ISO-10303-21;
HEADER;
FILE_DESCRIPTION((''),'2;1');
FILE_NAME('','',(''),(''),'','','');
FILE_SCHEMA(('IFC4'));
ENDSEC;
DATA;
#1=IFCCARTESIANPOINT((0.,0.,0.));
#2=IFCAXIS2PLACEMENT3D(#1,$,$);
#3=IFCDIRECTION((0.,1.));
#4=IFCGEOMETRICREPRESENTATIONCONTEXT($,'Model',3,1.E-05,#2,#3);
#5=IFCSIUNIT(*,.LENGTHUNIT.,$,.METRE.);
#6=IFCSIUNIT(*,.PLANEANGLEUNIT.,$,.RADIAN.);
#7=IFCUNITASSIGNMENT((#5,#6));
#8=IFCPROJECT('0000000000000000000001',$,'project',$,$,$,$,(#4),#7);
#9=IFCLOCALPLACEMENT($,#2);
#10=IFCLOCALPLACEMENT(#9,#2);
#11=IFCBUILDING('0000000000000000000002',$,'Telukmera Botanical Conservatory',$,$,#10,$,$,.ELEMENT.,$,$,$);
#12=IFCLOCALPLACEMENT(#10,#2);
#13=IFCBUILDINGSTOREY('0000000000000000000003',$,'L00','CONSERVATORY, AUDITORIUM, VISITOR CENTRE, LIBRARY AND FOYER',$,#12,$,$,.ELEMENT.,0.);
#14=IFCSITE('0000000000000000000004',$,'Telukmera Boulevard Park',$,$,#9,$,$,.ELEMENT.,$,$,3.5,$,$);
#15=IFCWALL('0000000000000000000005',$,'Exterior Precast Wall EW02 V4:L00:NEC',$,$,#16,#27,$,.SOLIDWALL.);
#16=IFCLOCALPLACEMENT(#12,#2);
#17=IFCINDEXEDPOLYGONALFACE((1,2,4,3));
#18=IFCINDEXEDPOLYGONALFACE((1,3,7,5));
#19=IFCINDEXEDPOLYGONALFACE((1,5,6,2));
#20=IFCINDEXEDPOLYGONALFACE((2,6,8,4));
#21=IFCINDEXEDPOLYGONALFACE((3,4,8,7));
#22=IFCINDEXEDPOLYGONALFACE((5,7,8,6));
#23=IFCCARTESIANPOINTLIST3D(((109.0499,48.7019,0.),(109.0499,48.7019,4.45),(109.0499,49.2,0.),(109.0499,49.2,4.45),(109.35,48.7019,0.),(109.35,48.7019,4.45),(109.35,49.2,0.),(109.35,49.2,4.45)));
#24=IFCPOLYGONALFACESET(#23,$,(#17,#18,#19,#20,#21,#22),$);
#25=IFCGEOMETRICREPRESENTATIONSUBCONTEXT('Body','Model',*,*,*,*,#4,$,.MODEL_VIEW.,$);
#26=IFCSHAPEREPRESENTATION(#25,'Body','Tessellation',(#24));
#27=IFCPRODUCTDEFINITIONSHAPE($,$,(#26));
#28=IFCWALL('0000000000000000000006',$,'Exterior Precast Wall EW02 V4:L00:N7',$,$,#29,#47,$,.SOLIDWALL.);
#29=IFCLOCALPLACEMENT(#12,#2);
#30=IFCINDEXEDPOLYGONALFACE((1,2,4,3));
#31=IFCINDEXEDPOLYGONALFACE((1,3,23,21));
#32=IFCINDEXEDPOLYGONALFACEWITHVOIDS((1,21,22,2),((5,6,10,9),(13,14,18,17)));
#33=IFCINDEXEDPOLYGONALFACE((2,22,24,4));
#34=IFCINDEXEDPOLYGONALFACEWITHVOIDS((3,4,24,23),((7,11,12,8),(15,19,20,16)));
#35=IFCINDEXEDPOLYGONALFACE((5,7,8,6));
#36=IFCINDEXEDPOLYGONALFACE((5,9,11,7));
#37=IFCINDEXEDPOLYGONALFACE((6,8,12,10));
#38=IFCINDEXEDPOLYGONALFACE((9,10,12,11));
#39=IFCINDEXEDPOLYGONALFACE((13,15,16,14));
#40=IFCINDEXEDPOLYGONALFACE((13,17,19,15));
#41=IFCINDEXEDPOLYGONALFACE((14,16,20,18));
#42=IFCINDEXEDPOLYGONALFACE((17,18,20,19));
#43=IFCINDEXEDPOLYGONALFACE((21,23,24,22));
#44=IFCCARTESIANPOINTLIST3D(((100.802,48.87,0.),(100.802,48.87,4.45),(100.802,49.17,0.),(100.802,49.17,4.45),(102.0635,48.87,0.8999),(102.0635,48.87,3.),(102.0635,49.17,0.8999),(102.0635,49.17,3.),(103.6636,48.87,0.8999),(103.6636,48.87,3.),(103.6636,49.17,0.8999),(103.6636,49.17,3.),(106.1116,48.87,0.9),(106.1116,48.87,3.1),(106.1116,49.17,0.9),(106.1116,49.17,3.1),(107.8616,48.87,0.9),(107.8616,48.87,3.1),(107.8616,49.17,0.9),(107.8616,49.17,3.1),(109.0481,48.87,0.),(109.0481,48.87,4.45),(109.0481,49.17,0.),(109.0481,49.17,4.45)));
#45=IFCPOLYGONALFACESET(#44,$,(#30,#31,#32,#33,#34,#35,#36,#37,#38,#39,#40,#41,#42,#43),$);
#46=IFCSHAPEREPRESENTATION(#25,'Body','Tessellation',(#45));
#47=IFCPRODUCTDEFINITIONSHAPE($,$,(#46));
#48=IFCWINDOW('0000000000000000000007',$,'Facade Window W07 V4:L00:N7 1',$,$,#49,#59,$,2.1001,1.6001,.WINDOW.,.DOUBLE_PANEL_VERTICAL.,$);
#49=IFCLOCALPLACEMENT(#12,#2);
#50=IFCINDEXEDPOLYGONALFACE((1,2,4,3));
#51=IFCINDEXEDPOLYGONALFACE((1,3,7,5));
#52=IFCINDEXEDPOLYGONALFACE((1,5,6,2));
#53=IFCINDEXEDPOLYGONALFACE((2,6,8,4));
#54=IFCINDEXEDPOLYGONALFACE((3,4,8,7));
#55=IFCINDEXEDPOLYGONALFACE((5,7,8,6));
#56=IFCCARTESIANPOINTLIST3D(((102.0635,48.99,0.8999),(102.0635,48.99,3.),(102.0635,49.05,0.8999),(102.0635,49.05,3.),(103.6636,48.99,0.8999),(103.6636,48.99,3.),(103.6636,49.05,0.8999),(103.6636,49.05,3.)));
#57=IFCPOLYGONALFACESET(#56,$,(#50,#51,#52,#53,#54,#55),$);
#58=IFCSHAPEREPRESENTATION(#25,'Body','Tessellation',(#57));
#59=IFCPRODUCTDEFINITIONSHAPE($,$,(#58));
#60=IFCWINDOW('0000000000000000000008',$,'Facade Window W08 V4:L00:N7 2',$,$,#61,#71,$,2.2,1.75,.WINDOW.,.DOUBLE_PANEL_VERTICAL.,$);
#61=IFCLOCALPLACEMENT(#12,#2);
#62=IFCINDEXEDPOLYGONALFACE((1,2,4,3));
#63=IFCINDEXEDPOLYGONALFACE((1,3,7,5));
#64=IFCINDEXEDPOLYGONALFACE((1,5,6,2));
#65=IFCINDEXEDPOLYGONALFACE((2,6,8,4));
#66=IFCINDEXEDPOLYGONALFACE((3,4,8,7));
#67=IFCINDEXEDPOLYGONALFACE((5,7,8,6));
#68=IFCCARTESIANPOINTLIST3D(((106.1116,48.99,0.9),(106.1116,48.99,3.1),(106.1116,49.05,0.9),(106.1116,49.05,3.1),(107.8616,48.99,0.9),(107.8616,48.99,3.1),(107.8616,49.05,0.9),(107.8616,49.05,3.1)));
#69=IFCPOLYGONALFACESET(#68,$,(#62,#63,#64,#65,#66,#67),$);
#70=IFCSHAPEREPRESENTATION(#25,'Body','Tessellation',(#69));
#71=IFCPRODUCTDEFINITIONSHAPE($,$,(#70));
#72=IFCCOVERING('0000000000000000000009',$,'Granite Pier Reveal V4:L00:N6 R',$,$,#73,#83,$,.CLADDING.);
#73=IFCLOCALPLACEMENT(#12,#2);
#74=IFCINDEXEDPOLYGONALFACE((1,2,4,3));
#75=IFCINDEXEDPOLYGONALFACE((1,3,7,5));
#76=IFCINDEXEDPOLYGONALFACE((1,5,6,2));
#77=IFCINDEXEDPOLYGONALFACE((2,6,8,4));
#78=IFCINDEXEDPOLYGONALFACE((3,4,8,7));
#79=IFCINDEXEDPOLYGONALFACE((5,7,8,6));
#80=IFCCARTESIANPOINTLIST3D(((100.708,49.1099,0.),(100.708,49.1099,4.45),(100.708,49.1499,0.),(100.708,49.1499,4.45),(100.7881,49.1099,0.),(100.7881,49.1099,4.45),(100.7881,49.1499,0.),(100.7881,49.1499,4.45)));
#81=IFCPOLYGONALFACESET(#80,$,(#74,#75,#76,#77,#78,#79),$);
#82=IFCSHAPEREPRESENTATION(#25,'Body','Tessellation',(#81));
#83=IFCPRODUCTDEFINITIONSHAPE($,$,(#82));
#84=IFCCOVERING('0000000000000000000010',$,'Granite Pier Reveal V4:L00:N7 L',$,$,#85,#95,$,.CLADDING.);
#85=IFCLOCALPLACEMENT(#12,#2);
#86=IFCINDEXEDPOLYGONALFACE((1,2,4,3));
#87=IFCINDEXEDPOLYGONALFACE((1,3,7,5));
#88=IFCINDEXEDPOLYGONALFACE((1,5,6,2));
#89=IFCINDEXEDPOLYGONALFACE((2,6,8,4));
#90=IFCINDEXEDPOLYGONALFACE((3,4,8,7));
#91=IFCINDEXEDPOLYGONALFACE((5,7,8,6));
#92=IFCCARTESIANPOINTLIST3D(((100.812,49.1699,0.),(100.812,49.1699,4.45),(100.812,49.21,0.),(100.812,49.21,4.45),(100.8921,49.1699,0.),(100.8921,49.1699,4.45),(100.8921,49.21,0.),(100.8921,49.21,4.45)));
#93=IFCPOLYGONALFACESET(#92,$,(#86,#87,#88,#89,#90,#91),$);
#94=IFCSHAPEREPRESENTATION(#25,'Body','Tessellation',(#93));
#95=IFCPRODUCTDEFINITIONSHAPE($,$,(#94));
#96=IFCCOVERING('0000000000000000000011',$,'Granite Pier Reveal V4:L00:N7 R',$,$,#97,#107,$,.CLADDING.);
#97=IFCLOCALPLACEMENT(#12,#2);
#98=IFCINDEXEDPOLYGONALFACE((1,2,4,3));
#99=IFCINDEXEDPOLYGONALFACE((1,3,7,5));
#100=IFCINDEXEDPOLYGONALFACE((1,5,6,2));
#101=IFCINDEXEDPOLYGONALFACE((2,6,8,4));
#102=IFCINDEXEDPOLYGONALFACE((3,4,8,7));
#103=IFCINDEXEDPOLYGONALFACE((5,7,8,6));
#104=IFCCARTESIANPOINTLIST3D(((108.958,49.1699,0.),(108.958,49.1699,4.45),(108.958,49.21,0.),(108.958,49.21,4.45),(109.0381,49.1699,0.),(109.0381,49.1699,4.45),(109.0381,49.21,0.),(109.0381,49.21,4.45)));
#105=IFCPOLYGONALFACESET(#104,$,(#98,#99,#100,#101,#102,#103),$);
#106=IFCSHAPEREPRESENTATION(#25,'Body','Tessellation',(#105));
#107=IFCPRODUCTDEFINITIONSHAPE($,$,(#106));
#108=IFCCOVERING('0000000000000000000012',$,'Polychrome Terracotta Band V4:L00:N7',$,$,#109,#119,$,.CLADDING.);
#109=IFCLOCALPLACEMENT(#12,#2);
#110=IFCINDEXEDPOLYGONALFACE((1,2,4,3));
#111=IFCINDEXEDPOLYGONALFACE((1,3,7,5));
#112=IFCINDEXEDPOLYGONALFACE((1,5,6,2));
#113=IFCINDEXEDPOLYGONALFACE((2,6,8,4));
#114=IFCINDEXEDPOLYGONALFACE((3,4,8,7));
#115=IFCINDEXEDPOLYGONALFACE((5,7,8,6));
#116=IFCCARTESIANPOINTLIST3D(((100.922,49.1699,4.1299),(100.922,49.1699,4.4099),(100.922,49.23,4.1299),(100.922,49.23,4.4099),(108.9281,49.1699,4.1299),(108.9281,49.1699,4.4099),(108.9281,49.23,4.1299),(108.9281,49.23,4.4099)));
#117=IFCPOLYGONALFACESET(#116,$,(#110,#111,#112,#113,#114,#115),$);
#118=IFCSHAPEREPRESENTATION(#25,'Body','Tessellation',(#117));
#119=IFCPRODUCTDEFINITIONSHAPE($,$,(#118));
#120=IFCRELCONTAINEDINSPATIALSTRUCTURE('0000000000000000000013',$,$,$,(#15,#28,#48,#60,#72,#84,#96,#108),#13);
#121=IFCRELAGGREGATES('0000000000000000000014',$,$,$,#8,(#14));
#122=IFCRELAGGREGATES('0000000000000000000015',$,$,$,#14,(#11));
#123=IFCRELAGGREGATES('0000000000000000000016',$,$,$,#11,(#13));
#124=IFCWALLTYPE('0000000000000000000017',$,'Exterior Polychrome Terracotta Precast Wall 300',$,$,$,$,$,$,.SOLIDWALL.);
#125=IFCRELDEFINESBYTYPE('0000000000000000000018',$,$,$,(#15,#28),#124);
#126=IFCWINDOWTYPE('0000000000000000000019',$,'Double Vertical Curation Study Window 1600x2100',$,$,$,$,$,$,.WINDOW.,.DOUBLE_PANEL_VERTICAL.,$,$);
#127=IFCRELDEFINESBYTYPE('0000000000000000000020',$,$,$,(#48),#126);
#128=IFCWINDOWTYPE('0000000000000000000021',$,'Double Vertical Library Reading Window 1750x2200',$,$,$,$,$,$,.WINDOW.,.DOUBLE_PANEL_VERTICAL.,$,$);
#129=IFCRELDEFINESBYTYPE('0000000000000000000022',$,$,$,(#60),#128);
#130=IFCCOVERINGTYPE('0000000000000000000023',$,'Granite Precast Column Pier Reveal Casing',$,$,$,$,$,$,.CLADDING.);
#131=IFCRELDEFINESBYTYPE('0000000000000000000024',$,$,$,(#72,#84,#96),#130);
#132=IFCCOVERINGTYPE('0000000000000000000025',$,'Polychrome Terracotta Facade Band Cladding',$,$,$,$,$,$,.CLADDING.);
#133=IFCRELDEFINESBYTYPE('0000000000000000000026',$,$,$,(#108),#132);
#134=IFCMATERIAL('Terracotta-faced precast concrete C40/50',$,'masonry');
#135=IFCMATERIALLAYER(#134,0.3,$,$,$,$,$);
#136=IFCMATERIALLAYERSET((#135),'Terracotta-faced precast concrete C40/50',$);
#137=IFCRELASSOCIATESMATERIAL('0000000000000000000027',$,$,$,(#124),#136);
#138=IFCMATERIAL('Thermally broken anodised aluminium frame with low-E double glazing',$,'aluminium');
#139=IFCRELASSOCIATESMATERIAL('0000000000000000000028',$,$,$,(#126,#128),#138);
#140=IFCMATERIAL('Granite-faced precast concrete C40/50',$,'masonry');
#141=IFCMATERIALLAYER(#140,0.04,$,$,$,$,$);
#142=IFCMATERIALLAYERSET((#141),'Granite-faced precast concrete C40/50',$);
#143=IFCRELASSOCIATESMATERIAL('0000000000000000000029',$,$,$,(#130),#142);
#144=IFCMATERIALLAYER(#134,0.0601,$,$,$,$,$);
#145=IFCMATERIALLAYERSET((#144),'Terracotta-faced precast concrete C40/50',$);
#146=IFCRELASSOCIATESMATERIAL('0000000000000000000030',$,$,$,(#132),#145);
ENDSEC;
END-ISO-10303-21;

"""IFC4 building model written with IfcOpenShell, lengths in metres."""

from ifc_helpers import new_model, si_unit, direction, frame, frame_2d, origin, origin_2d, place, context, subcontext, project, spatial, rectangle, extrude, material, layer, layer_set, type_object, element, fill, save


model = new_model("IFC4")

# Units and contexts
model_context = context("Model", 3, precision=1e-05, world=origin(), true_north=direction((0.0, 1.0)))
body_context = subcontext(model_context, "Body", "Model", "MODEL_VIEW")
ifc_project = project(units=[si_unit("LENGTHUNIT", "METRE"), si_unit("PLANEANGLEUNIT", "RADIAN")], contexts=[model_context])

# Site, building, storey
site_placement = place(None, origin())
site = spatial("IfcSite", under=ifc_project, at=site_placement, Name="Telukmera Boulevard Park", CompositionType="ELEMENT", RefElevation=3.5)
building_placement = place(site_placement, origin())
building = spatial("IfcBuilding", under=site, at=building_placement, Name="Telukmera Botanical Conservatory", CompositionType="ELEMENT")
storey_placement = place(building_placement, origin())
storey = spatial("IfcBuildingStorey", under=building, at=storey_placement, Name="L00", Description="CONSERVATORY, AUDITORIUM, VISITOR CENTRE, LIBRARY AND FOYER", CompositionType="ELEMENT", Elevation=0.0)

# Wall
ifc_material_1 = material(Name="Terracotta-faced precast concrete C40/50", Category="masonry")
ifc_layer_1 = layer(ifc_material_1, 0.3)
ifc_layer_set_1 = layer_set([ifc_layer_1], Name="Terracotta-faced precast concrete C40/50")
wall_type = type_object("IfcWallType", Name="Exterior Polychrome Terracotta Precast Wall 300", PredefinedType="SOLIDWALL", material=ifc_layer_set_1)
wall_1_placement = place(storey_placement, frame((109.2, 48.7019, 0.0), z_axis=(0.0, 0.0, 1.0), x_axis=(0.0, 1.0, 0.0)))
element("IfcWall", 1, at=wall_1_placement, inside=storey, type_object=wall_type, Name="Exterior Precast Wall EW02 V4:L00:NEC", PredefinedType="SOLIDWALL", context=body_context, shape_type="SweptSolid", body=[
    extrude(rectangle(XDim=0.498, YDim=0.3, at=frame_2d((0.249, 0.0))), origin(), (0.0, 0.0, 1.0), 4.45),
])

# Wall, openings, windows
wall_2_placement = place(storey_placement, frame((100.802, 49.02, 0.0), z_axis=(0.0, 0.0, 1.0), x_axis=(1.0, 0.0, 0.0)))
wall_2 = element("IfcWall", 2, at=wall_2_placement, inside=storey, type_object=wall_type, Name="Exterior Precast Wall EW02 V4:L00:N7", PredefinedType="SOLIDWALL", context=body_context, shape_type="SweptSolid", body=[
    extrude(rectangle(XDim=8.2461, YDim=0.3, at=frame_2d((4.123, 0.0))), origin(), (0.0, 0.0, 1.0), 4.45),
])
opening_1_placement = place(wall_2_placement, frame((1.2615, 0.0, 0.8999)))
opening_1 = element("IfcOpeningElement", 3, at=opening_1_placement, cuts=wall_2, PredefinedType="OPENING", context=body_context, shape_type="SweptSolid", body=[
    extrude(rectangle(XDim=1.6001, YDim=2.1001, at=frame_2d((0.8, 1.05))), frame((0.0, 0.1599, 0.0), z_axis=(0.0, -1.0, 0.0), x_axis=(1.0, 0.0, 0.0)), (0.0, 0.0, 1.0), 0.3201),
])
opening_2_placement = place(wall_2_placement, frame((5.3096, 0.0, 0.8999)))
opening_2 = element("IfcOpeningElement", 4, at=opening_2_placement, cuts=wall_2, PredefinedType="OPENING", context=body_context, shape_type="SweptSolid", body=[
    extrude(rectangle(XDim=1.75, YDim=2.2, at=frame_2d((0.875, 1.1001))), frame((0.0, 0.1599, 0.0), z_axis=(0.0, -1.0, 0.0), x_axis=(1.0, 0.0, 0.0)), (0.0, 0.0, 1.0), 0.3201),
])
ifc_material_2 = material(Name="Thermally broken anodised aluminium frame with low-E double glazing", Category="aluminium")
window_type_1 = type_object("IfcWindowType", Name="Double Vertical Curation Study Window 1600x2100", PartitioningType="DOUBLE_PANEL_VERTICAL", PredefinedType="WINDOW", material=ifc_material_2)
window_1_placement = place(opening_1_placement, origin())
window_1 = element("IfcWindow", 5, at=window_1_placement, inside=storey, type_object=window_type_1, Name="Facade Window W07 V4:L00:N7 1", OverallHeight=2.1001, OverallWidth=1.6001, PartitioningType="DOUBLE_PANEL_VERTICAL", PredefinedType="WINDOW", context=body_context, shape_type="SweptSolid", body=[
    extrude(rectangle(XDim=1.6001, YDim=2.1001, at=frame_2d((0.8, 1.05))), frame((0.0, 0.03, 0.0), z_axis=(0.0, -1.0, 0.0), x_axis=(1.0, 0.0, 0.0)), (0.0, 0.0, 1.0), 0.0601),
])
fill(opening_1, window_1)
window_type_2 = type_object("IfcWindowType", Name="Double Vertical Library Reading Window 1750x2200", PartitioningType="DOUBLE_PANEL_VERTICAL", PredefinedType="WINDOW", material=ifc_material_2)
window_2_placement = place(opening_2_placement, origin())
window_2 = element("IfcWindow", 6, at=window_2_placement, inside=storey, type_object=window_type_2, Name="Facade Window W08 V4:L00:N7 2", OverallHeight=2.2, OverallWidth=1.75, PartitioningType="DOUBLE_PANEL_VERTICAL", PredefinedType="WINDOW", context=body_context, shape_type="SweptSolid", body=[
    extrude(rectangle(XDim=1.75, YDim=2.2, at=frame_2d((0.875, 1.1001))), frame((0.0, 0.03, 0.0), z_axis=(0.0, -1.0, 0.0), x_axis=(1.0, 0.0, 0.0)), (0.0, 0.0, 1.0), 0.0601),
])
fill(opening_2, window_2)

# Coverings
ifc_material_3 = material(Name="Granite-faced precast concrete C40/50", Category="masonry")
ifc_layer_2 = layer(ifc_material_3, 0.04)
ifc_layer_set_2 = layer_set([ifc_layer_2], Name="Granite-faced precast concrete C40/50")
covering_type_1 = type_object("IfcCoveringType", Name="Granite Precast Column Pier Reveal Casing", PredefinedType="CLADDING", material=ifc_layer_set_2)
for number, where, z_axis, x_axis, name in (
    (7, (100.748, 49.1299, 0.0), (0.0, 0.0, 1.0), (1.0, 0.0, 0.0), "Granite Pier Reveal V4:L00:N6 R"),
    (8, (100.8521, 49.1899, 0.0), (0.0, 0.0, 1.0), (1.0, 0.0, 0.0), "Granite Pier Reveal V4:L00:N7 L"),
    (9, (108.998, 49.1899, 0.0), (0.0, 0.0, 1.0), (1.0, 0.0, 0.0), "Granite Pier Reveal V4:L00:N7 R"),
):
    element("IfcCovering", number, at=place(storey_placement, frame(where, z_axis=z_axis, x_axis=x_axis)), inside=storey, type_object=covering_type_1, Name=name, PredefinedType="CLADDING", context=body_context, shape_type="SweptSolid", body=[
        extrude(rectangle(XDim=0.0801, YDim=0.04, at=origin_2d()), origin(), (0.0, 0.0, 1.0), 4.45),
    ])
ifc_layer_3 = layer(ifc_material_1, 0.0601)
ifc_layer_set_3 = layer_set([ifc_layer_3], Name="Terracotta-faced precast concrete C40/50")
covering_type_2 = type_object("IfcCoveringType", Name="Polychrome Terracotta Facade Band Cladding", PredefinedType="CLADDING", material=ifc_layer_set_3)
covering_placement = place(storey_placement, frame((104.925, 49.2, 4.1299), z_axis=(0.0, 0.0, 1.0), x_axis=(1.0, 0.0, 0.0)))
element("IfcCovering", 10, at=covering_placement, inside=storey, type_object=covering_type_2, Name="Polychrome Terracotta Band V4:L00:N7", PredefinedType="CLADDING", context=body_context, shape_type="SweptSolid", body=[
    extrude(rectangle(XDim=8.0061, YDim=0.0601, at=origin_2d()), origin(), (0.0, 0.0, 1.0), 0.28),
])

save(model, "model.ifc")
